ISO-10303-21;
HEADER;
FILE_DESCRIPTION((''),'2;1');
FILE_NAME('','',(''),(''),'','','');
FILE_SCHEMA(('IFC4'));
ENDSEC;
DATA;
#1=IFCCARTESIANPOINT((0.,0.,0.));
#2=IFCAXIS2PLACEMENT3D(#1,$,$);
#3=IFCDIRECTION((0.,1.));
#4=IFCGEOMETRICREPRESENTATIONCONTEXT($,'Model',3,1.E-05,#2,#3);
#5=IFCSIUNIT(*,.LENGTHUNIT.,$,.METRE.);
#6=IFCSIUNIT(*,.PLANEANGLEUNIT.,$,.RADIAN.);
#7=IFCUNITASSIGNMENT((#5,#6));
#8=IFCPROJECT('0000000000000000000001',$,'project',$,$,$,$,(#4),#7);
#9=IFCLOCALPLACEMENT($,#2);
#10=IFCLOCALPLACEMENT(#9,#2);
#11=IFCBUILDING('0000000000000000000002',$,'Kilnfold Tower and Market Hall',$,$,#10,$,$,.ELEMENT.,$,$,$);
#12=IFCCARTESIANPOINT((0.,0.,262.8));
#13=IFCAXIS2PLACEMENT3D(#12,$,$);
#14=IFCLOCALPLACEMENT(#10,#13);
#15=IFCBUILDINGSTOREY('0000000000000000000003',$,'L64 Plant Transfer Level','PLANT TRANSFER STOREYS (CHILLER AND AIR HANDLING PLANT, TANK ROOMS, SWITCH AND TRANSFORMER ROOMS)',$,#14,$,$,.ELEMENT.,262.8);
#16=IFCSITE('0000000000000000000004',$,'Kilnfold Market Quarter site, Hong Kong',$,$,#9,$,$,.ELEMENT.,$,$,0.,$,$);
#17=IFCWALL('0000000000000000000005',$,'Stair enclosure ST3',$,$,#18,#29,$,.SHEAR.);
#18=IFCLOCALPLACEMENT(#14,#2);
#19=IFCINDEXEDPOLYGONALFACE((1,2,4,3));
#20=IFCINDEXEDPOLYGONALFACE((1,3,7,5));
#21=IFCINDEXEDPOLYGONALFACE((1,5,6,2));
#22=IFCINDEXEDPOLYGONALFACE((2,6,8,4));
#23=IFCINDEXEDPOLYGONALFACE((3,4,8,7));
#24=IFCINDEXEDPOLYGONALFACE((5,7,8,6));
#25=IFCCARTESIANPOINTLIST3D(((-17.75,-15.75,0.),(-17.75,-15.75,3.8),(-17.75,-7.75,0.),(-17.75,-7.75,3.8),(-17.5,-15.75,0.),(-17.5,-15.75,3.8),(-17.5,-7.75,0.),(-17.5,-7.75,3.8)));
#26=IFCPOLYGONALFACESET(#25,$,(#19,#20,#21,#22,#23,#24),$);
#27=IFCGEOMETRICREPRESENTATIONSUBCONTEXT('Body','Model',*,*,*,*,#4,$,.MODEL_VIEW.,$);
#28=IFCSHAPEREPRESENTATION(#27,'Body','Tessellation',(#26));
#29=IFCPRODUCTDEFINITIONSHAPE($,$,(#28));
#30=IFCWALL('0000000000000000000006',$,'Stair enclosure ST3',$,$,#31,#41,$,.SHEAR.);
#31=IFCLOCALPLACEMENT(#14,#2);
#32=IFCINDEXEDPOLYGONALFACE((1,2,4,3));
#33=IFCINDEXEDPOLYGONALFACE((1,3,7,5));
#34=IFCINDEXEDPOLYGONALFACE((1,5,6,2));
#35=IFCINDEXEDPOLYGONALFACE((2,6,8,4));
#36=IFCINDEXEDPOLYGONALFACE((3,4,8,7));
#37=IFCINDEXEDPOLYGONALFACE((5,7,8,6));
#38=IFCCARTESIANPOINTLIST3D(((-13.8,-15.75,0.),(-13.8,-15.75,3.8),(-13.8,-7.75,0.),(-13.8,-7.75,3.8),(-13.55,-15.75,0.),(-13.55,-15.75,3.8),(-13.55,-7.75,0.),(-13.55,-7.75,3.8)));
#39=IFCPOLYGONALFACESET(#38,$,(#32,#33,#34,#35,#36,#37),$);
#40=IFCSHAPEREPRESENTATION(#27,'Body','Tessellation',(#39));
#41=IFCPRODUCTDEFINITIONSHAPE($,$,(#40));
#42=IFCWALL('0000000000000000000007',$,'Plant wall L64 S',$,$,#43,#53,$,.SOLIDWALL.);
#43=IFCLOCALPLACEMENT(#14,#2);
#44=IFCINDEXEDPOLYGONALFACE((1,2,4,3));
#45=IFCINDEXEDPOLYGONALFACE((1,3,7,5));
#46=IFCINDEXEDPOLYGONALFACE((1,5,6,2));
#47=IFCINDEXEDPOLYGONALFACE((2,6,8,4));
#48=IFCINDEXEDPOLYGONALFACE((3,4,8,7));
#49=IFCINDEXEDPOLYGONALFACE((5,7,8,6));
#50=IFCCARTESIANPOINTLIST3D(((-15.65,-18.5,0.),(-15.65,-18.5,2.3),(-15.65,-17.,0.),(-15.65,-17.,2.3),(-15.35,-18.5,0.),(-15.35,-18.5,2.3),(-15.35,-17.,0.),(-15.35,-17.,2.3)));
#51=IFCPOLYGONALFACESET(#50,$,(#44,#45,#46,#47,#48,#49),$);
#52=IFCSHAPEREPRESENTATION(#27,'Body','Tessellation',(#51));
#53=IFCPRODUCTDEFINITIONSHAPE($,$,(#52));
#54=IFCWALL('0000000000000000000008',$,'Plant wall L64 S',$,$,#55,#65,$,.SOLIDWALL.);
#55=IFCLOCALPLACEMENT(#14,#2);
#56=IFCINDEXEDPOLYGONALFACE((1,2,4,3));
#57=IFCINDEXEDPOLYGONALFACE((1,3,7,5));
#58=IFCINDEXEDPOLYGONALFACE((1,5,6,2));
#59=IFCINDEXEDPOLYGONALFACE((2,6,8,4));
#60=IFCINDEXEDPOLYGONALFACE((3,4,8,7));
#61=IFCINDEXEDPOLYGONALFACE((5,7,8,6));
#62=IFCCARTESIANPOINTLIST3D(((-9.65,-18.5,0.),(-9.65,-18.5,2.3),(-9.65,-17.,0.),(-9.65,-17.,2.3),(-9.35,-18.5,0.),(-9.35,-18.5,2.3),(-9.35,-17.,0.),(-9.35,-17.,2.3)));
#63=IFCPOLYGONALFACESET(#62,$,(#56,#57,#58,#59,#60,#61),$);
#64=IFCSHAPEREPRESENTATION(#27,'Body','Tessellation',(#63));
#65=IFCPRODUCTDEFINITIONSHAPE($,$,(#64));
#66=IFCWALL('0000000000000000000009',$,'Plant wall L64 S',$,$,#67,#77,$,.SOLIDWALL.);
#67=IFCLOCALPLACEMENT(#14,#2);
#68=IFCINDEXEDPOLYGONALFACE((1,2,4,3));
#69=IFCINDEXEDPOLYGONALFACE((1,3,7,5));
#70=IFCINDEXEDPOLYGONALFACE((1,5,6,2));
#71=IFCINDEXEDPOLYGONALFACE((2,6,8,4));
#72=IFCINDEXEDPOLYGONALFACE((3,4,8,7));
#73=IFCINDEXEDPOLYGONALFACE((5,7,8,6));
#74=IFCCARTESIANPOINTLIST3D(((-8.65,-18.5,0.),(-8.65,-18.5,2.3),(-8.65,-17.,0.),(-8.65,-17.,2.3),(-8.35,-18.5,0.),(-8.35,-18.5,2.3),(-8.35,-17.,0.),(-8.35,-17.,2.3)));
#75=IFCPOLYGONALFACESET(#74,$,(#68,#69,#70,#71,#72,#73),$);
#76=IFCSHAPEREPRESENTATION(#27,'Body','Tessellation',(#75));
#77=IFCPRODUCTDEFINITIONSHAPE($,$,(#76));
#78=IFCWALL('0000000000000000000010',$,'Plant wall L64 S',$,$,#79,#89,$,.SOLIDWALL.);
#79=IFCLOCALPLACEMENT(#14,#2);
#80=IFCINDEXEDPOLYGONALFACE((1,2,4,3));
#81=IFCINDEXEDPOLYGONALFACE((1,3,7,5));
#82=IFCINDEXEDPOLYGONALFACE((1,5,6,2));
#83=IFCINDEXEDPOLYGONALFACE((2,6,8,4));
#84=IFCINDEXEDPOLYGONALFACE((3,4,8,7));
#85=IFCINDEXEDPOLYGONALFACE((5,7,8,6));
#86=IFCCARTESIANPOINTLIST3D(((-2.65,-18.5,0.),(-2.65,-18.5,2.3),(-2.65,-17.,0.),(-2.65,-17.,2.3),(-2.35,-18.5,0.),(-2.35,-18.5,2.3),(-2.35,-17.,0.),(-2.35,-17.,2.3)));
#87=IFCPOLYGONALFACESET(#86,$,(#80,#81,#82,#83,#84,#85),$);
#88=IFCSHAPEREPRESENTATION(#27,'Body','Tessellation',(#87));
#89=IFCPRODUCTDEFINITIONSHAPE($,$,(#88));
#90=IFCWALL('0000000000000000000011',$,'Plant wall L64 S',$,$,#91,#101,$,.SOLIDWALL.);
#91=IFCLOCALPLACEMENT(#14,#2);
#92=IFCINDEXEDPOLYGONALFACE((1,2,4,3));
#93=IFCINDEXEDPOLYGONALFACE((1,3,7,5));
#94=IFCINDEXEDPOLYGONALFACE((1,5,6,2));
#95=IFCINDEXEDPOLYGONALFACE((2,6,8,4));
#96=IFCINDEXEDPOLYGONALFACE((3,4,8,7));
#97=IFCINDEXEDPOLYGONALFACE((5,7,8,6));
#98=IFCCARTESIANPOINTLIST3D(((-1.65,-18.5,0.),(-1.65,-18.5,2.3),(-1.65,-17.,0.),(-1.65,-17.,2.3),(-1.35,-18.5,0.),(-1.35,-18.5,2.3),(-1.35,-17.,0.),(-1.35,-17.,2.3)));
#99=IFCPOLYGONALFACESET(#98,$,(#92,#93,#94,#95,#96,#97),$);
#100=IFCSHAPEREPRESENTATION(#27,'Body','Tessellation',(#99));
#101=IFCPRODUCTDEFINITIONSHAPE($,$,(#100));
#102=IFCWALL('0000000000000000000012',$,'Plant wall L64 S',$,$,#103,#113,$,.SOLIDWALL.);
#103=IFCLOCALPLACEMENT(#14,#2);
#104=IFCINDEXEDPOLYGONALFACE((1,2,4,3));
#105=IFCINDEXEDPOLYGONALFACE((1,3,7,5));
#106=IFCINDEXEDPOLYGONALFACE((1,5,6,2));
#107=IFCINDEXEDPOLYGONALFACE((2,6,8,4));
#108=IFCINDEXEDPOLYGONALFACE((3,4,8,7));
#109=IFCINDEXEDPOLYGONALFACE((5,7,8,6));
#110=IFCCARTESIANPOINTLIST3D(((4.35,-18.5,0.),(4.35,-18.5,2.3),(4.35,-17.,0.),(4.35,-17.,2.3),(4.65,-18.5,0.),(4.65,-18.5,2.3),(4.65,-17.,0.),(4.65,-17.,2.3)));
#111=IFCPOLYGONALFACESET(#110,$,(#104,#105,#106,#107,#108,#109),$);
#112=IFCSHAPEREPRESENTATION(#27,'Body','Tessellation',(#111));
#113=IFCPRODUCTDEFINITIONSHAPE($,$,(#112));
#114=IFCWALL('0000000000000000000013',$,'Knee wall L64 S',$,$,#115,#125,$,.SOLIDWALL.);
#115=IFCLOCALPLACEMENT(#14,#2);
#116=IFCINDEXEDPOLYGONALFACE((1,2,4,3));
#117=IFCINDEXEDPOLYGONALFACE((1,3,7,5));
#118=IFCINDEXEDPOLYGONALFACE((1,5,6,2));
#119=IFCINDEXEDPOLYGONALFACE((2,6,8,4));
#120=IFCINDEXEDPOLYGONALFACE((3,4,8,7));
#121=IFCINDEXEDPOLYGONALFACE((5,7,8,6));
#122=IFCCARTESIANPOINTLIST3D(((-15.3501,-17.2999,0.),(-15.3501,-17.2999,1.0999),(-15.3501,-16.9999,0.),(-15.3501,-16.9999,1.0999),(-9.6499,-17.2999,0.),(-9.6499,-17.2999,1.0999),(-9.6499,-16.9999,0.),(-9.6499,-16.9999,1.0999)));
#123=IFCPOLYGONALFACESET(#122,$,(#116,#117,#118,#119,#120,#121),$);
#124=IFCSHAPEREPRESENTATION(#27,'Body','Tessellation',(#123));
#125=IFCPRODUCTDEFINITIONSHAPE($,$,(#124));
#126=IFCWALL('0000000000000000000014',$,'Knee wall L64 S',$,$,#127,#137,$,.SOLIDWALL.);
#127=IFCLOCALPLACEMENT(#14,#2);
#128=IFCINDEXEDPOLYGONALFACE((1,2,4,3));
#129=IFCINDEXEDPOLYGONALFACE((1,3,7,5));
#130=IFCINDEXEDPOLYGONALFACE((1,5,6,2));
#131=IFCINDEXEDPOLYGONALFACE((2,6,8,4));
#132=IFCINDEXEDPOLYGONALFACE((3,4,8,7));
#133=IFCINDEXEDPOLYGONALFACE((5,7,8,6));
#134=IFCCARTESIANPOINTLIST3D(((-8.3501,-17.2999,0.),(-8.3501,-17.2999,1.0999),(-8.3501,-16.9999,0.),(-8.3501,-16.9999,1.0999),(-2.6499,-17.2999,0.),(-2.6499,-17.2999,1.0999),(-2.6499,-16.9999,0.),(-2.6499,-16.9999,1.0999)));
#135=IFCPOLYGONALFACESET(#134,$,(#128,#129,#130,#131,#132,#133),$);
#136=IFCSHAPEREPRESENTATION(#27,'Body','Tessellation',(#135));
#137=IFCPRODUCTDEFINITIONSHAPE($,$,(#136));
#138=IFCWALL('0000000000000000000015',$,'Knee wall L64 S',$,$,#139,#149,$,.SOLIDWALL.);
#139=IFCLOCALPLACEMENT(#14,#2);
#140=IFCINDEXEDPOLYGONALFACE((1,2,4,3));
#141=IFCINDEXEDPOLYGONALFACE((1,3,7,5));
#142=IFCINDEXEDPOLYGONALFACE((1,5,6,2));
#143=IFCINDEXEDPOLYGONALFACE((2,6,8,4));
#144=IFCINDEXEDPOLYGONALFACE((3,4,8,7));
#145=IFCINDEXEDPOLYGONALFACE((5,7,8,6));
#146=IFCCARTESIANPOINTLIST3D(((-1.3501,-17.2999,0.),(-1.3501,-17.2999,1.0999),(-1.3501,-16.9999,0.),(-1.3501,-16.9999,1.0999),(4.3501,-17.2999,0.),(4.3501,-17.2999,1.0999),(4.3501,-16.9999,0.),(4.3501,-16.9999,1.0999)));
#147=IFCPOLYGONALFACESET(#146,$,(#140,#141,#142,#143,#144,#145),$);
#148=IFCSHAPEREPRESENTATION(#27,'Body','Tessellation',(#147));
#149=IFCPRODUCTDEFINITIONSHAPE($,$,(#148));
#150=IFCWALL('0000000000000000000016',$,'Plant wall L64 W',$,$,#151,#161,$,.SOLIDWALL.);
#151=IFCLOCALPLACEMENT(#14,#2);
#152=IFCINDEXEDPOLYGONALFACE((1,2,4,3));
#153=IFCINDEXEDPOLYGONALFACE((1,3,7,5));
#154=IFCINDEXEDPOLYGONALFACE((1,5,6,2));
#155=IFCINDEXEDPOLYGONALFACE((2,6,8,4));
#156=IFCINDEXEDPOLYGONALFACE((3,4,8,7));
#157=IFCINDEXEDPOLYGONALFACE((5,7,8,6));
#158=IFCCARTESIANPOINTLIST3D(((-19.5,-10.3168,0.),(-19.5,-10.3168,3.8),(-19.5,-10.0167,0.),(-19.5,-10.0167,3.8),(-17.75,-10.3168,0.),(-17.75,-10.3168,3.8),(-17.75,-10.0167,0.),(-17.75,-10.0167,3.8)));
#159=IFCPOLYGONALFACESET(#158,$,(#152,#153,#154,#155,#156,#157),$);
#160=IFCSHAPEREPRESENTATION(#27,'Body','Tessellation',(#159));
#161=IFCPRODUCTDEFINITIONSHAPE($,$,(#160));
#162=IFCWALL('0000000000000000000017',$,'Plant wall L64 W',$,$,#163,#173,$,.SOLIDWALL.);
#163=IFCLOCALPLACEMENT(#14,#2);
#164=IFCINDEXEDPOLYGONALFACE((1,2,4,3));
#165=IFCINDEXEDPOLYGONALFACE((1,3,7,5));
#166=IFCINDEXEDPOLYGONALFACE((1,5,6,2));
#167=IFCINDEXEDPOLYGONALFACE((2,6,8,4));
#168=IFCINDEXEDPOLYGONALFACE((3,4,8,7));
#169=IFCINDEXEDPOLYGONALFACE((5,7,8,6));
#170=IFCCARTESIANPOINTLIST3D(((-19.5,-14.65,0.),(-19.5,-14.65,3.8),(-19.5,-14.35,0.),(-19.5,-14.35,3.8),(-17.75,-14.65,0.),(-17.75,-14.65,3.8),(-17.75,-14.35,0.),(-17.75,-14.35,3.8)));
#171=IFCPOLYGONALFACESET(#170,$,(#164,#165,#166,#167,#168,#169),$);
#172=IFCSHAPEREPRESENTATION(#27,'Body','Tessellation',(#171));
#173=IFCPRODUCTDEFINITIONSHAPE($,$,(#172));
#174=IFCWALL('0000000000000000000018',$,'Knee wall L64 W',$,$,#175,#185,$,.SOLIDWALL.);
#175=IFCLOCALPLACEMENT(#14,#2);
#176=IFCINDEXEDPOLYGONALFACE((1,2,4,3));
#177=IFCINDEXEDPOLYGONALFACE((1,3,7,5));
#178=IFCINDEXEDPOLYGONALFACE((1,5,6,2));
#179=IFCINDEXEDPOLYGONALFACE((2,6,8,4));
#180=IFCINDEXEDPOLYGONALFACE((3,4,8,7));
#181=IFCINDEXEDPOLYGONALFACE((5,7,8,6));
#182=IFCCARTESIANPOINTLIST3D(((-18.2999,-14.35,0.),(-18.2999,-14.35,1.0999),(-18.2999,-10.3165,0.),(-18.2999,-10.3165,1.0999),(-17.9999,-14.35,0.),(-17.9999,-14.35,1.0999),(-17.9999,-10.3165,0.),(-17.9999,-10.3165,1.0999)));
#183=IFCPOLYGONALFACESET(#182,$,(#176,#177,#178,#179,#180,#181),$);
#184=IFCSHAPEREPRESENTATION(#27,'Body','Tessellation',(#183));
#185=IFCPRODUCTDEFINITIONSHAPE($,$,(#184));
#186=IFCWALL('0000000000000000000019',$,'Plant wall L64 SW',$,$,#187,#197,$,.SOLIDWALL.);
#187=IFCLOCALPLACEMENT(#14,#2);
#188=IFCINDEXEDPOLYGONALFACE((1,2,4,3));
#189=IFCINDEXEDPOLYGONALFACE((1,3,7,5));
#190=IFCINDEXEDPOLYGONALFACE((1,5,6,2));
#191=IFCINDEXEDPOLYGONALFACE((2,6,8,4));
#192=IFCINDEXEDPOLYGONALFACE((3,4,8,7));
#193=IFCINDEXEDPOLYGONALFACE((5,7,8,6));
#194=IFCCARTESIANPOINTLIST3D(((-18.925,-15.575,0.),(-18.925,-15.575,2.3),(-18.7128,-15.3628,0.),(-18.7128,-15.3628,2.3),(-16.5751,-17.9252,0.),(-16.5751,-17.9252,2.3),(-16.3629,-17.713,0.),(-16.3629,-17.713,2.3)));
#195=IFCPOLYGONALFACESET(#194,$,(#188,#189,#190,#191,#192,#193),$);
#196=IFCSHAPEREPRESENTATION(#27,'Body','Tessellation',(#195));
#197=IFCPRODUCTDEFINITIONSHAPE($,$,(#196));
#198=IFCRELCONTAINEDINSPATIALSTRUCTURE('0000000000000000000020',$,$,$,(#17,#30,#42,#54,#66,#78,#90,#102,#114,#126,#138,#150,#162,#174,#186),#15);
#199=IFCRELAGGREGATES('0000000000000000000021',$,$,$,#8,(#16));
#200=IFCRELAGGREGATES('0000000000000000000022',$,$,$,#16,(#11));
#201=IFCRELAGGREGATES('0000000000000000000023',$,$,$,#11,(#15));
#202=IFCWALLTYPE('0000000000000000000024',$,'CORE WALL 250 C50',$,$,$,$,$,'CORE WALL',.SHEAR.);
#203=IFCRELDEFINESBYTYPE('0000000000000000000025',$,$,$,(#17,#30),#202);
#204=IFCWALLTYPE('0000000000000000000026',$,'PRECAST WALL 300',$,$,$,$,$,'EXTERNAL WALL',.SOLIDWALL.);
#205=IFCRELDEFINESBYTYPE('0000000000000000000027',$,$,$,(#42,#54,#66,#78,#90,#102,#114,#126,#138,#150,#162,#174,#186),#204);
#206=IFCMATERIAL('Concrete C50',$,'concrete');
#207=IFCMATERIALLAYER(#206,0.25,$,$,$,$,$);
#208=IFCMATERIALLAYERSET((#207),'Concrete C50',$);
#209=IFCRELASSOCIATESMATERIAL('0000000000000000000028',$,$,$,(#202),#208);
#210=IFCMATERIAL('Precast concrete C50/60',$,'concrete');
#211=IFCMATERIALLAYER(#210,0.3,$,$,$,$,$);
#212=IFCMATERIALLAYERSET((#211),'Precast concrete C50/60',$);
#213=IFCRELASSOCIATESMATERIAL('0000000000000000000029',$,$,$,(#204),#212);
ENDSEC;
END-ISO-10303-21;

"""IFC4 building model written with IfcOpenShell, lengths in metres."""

from ifc_helpers import new_model, si_unit, direction, frame, frame_2d, origin, place, context, subcontext, project, spatial, rectangle, extrude, source, transform, mapped, material, layer, layer_set, type_object, element, save


model = new_model("IFC4")

# Units and contexts
model_context = context("Model", 3, precision=1e-05, world=origin(), true_north=direction((0.0, 1.0)))
body_context = subcontext(model_context, "Body", "Model", "MODEL_VIEW")
ifc_project = project(units=[si_unit("LENGTHUNIT", "METRE"), si_unit("PLANEANGLEUNIT", "RADIAN")], contexts=[model_context])

# Site, building, storey
site_placement = place(None, origin())
site = spatial("IfcSite", under=ifc_project, at=site_placement, Name="Kilnfold Market Quarter site, Hong Kong", CompositionType="ELEMENT", RefElevation=0.0)
building_placement = place(site_placement, origin())
building = spatial("IfcBuilding", under=site, at=building_placement, Name="Kilnfold Tower and Market Hall", CompositionType="ELEMENT")
storey_placement = place(building_placement, frame((0.0, 0.0, 262.8)))
storey = spatial("IfcBuildingStorey", under=building, at=storey_placement, Name="L64 Plant Transfer Level", Description="PLANT TRANSFER STOREYS (CHILLER AND AIR HANDLING PLANT, TANK ROOMS, SWITCH AND TRANSFORMER ROOMS)", CompositionType="ELEMENT", Elevation=262.8)

# Shared definitions
ifc_material_1 = material(Name="Concrete C50", Category="concrete")
ifc_layer_1 = layer(ifc_material_1, 0.25)
ifc_layer_set_1 = layer_set([ifc_layer_1], Name="Concrete C50")
wall_type_1 = type_object("IfcWallType", Name="CORE WALL 250 C50", ElementType="CORE WALL", PredefinedType="SHEAR", material=ifc_layer_set_1)

# Walls
shared_shape_1 = source(origin(), body_context, "Body", "SweptSolid", [
    extrude(rectangle(XDim=8.0, YDim=0.25, at=frame_2d((4.0, 0.0))), origin(), (0.0, 0.0, 1.0), 3.8),
])
for number, where, z_axis, x_axis, name in (
    (1, (-17.625, -15.75, 0.0), (0.0, 0.0, 1.0), (0.0, 1.0, 0.0), "Stair enclosure ST3"),
    (2, (-13.675, -15.75, 0.0), (0.0, 0.0, 1.0), (0.0, 1.0, 0.0), "Stair enclosure ST3"),
):
    element("IfcWall", number, at=place(storey_placement, frame(where, z_axis=z_axis, x_axis=x_axis)), inside=storey, type_object=wall_type_1, Name=name, PredefinedType="SHEAR", context=body_context, shape_type="MappedRepresentation", body=[
        mapped(shared_shape_1, transform((0.0, 0.0, 0.0))),
    ])
ifc_material_2 = material(Name="Precast concrete C50/60", Category="concrete")
ifc_layer_2 = layer(ifc_material_2, 0.3)
ifc_layer_set_2 = layer_set([ifc_layer_2], Name="Precast concrete C50/60")
wall_type_2 = type_object("IfcWallType", Name="PRECAST WALL 300", ElementType="EXTERNAL WALL", PredefinedType="SOLIDWALL", material=ifc_layer_set_2)
shared_shape_2 = source(origin(), body_context, "Body", "SweptSolid", [
    extrude(rectangle(XDim=1.5, YDim=0.3, at=frame_2d((0.75, 0.0))), origin(), (0.0, 0.0, 1.0), 2.3),
])
for number, where, z_axis, x_axis, name in (
    (3, (-15.5, -18.5, 0.0), (0.0, 0.0, 1.0), (0.0, 1.0, 0.0), "Plant wall L64 S"),
    (4, (-9.5, -18.5, 0.0), (0.0, 0.0, 1.0), (0.0, 1.0, 0.0), "Plant wall L64 S"),
    (5, (-8.5, -18.5, 0.0), (0.0, 0.0, 1.0), (0.0, 1.0, 0.0), "Plant wall L64 S"),
    (6, (-2.5, -18.5, 0.0), (0.0, 0.0, 1.0), (0.0, 1.0, 0.0), "Plant wall L64 S"),
    (7, (-1.5, -18.5, 0.0), (0.0, 0.0, 1.0), (0.0, 1.0, 0.0), "Plant wall L64 S"),
    (8, (4.5, -18.5, 0.0), (0.0, 0.0, 1.0), (0.0, 1.0, 0.0), "Plant wall L64 S"),
):
    element("IfcWall", number, at=place(storey_placement, frame(where, z_axis=z_axis, x_axis=x_axis)), inside=storey, type_object=wall_type_2, Name=name, PredefinedType="SOLIDWALL", context=body_context, shape_type="MappedRepresentation", body=[
        mapped(shared_shape_2, transform((0.0, 0.0, 0.0))),
    ])
shared_shape_3 = source(origin(), body_context, "Body", "SweptSolid", [
    extrude(rectangle(XDim=5.7002, YDim=0.3, at=frame_2d((2.8501, 0.0))), origin(), (0.0, 0.0, 1.0), 1.0999),
])
for number, where, z_axis, x_axis, name in (
    (9, (-15.3501, -17.1499, 0.0), (0.0, 0.0, 1.0), (1.0, 0.0, 0.0), "Knee wall L64 S"),
    (10, (-8.3501, -17.1499, 0.0), (0.0, 0.0, 1.0), (1.0, 0.0, 0.0), "Knee wall L64 S"),
    (11, (-1.3501, -17.1499, 0.0), (0.0, 0.0, 1.0), (1.0, 0.0, 0.0), "Knee wall L64 S"),
):
    element("IfcWall", number, at=place(storey_placement, frame(where, z_axis=z_axis, x_axis=x_axis)), inside=storey, type_object=wall_type_2, Name=name, PredefinedType="SOLIDWALL", context=body_context, shape_type="MappedRepresentation", body=[
        mapped(shared_shape_3, transform((0.0, 0.0, 0.0))),
    ])
shared_shape_4 = source(origin(), body_context, "Body", "SweptSolid", [
    extrude(rectangle(XDim=1.75, YDim=0.3, at=frame_2d((0.875, 0.0))), origin(), (0.0, 0.0, 1.0), 3.8),
])
for number, where, z_axis, x_axis, name in (
    (12, (-19.5, -10.1667, 0.0), (0.0, 0.0, 1.0), (1.0, 0.0, 0.0), "Plant wall L64 W"),
    (13, (-19.5, -14.5, 0.0), (0.0, 0.0, 1.0), (1.0, 0.0, 0.0), "Plant wall L64 W"),
):
    element("IfcWall", number, at=place(storey_placement, frame(where, z_axis=z_axis, x_axis=x_axis)), inside=storey, type_object=wall_type_2, Name=name, PredefinedType="SOLIDWALL", context=body_context, shape_type="MappedRepresentation", body=[
        mapped(shared_shape_4, transform((0.0, 0.0, 0.0))),
    ])
shared_shape_5 = source(origin(), body_context, "Body", "SweptSolid", [
    extrude(rectangle(XDim=4.0334, YDim=0.3, at=frame_2d((2.0166, 0.0))), origin(), (0.0, 0.0, 1.0), 1.0999),
])
wall_1_placement = place(storey_placement, frame((-18.1499, -10.3167, 0.0), z_axis=(0.0, 0.0, 1.0), x_axis=(0.0, -1.0, 0.0)))
element("IfcWall", 14, at=wall_1_placement, inside=storey, type_object=wall_type_2, Name="Knee wall L64 W", PredefinedType="SOLIDWALL", context=body_context, shape_type="MappedRepresentation", body=[
    mapped(shared_shape_5, transform((0.0, 0.0, 0.0))),
])
shared_shape_6 = source(origin(), body_context, "Body", "SweptSolid", [
    extrude(rectangle(XDim=3.3235, YDim=0.3, at=frame_2d((1.6616, 0.0))), origin(), (0.0, 0.0, 1.0), 2.3),
])
wall_2_placement = place(storey_placement, frame((-18.8188, -15.469, 0.0), z_axis=(0.0, 0.0, 1.0), x_axis=(0.70707, -0.707144, 0.0)))
element("IfcWall", 15, at=wall_2_placement, inside=storey, type_object=wall_type_2, Name="Plant wall L64 SW", PredefinedType="SOLIDWALL", context=body_context, shape_type="MappedRepresentation", body=[
    mapped(shared_shape_6, transform((0.0, 0.0, 0.0))),
])

save(model, "model.ifc")
